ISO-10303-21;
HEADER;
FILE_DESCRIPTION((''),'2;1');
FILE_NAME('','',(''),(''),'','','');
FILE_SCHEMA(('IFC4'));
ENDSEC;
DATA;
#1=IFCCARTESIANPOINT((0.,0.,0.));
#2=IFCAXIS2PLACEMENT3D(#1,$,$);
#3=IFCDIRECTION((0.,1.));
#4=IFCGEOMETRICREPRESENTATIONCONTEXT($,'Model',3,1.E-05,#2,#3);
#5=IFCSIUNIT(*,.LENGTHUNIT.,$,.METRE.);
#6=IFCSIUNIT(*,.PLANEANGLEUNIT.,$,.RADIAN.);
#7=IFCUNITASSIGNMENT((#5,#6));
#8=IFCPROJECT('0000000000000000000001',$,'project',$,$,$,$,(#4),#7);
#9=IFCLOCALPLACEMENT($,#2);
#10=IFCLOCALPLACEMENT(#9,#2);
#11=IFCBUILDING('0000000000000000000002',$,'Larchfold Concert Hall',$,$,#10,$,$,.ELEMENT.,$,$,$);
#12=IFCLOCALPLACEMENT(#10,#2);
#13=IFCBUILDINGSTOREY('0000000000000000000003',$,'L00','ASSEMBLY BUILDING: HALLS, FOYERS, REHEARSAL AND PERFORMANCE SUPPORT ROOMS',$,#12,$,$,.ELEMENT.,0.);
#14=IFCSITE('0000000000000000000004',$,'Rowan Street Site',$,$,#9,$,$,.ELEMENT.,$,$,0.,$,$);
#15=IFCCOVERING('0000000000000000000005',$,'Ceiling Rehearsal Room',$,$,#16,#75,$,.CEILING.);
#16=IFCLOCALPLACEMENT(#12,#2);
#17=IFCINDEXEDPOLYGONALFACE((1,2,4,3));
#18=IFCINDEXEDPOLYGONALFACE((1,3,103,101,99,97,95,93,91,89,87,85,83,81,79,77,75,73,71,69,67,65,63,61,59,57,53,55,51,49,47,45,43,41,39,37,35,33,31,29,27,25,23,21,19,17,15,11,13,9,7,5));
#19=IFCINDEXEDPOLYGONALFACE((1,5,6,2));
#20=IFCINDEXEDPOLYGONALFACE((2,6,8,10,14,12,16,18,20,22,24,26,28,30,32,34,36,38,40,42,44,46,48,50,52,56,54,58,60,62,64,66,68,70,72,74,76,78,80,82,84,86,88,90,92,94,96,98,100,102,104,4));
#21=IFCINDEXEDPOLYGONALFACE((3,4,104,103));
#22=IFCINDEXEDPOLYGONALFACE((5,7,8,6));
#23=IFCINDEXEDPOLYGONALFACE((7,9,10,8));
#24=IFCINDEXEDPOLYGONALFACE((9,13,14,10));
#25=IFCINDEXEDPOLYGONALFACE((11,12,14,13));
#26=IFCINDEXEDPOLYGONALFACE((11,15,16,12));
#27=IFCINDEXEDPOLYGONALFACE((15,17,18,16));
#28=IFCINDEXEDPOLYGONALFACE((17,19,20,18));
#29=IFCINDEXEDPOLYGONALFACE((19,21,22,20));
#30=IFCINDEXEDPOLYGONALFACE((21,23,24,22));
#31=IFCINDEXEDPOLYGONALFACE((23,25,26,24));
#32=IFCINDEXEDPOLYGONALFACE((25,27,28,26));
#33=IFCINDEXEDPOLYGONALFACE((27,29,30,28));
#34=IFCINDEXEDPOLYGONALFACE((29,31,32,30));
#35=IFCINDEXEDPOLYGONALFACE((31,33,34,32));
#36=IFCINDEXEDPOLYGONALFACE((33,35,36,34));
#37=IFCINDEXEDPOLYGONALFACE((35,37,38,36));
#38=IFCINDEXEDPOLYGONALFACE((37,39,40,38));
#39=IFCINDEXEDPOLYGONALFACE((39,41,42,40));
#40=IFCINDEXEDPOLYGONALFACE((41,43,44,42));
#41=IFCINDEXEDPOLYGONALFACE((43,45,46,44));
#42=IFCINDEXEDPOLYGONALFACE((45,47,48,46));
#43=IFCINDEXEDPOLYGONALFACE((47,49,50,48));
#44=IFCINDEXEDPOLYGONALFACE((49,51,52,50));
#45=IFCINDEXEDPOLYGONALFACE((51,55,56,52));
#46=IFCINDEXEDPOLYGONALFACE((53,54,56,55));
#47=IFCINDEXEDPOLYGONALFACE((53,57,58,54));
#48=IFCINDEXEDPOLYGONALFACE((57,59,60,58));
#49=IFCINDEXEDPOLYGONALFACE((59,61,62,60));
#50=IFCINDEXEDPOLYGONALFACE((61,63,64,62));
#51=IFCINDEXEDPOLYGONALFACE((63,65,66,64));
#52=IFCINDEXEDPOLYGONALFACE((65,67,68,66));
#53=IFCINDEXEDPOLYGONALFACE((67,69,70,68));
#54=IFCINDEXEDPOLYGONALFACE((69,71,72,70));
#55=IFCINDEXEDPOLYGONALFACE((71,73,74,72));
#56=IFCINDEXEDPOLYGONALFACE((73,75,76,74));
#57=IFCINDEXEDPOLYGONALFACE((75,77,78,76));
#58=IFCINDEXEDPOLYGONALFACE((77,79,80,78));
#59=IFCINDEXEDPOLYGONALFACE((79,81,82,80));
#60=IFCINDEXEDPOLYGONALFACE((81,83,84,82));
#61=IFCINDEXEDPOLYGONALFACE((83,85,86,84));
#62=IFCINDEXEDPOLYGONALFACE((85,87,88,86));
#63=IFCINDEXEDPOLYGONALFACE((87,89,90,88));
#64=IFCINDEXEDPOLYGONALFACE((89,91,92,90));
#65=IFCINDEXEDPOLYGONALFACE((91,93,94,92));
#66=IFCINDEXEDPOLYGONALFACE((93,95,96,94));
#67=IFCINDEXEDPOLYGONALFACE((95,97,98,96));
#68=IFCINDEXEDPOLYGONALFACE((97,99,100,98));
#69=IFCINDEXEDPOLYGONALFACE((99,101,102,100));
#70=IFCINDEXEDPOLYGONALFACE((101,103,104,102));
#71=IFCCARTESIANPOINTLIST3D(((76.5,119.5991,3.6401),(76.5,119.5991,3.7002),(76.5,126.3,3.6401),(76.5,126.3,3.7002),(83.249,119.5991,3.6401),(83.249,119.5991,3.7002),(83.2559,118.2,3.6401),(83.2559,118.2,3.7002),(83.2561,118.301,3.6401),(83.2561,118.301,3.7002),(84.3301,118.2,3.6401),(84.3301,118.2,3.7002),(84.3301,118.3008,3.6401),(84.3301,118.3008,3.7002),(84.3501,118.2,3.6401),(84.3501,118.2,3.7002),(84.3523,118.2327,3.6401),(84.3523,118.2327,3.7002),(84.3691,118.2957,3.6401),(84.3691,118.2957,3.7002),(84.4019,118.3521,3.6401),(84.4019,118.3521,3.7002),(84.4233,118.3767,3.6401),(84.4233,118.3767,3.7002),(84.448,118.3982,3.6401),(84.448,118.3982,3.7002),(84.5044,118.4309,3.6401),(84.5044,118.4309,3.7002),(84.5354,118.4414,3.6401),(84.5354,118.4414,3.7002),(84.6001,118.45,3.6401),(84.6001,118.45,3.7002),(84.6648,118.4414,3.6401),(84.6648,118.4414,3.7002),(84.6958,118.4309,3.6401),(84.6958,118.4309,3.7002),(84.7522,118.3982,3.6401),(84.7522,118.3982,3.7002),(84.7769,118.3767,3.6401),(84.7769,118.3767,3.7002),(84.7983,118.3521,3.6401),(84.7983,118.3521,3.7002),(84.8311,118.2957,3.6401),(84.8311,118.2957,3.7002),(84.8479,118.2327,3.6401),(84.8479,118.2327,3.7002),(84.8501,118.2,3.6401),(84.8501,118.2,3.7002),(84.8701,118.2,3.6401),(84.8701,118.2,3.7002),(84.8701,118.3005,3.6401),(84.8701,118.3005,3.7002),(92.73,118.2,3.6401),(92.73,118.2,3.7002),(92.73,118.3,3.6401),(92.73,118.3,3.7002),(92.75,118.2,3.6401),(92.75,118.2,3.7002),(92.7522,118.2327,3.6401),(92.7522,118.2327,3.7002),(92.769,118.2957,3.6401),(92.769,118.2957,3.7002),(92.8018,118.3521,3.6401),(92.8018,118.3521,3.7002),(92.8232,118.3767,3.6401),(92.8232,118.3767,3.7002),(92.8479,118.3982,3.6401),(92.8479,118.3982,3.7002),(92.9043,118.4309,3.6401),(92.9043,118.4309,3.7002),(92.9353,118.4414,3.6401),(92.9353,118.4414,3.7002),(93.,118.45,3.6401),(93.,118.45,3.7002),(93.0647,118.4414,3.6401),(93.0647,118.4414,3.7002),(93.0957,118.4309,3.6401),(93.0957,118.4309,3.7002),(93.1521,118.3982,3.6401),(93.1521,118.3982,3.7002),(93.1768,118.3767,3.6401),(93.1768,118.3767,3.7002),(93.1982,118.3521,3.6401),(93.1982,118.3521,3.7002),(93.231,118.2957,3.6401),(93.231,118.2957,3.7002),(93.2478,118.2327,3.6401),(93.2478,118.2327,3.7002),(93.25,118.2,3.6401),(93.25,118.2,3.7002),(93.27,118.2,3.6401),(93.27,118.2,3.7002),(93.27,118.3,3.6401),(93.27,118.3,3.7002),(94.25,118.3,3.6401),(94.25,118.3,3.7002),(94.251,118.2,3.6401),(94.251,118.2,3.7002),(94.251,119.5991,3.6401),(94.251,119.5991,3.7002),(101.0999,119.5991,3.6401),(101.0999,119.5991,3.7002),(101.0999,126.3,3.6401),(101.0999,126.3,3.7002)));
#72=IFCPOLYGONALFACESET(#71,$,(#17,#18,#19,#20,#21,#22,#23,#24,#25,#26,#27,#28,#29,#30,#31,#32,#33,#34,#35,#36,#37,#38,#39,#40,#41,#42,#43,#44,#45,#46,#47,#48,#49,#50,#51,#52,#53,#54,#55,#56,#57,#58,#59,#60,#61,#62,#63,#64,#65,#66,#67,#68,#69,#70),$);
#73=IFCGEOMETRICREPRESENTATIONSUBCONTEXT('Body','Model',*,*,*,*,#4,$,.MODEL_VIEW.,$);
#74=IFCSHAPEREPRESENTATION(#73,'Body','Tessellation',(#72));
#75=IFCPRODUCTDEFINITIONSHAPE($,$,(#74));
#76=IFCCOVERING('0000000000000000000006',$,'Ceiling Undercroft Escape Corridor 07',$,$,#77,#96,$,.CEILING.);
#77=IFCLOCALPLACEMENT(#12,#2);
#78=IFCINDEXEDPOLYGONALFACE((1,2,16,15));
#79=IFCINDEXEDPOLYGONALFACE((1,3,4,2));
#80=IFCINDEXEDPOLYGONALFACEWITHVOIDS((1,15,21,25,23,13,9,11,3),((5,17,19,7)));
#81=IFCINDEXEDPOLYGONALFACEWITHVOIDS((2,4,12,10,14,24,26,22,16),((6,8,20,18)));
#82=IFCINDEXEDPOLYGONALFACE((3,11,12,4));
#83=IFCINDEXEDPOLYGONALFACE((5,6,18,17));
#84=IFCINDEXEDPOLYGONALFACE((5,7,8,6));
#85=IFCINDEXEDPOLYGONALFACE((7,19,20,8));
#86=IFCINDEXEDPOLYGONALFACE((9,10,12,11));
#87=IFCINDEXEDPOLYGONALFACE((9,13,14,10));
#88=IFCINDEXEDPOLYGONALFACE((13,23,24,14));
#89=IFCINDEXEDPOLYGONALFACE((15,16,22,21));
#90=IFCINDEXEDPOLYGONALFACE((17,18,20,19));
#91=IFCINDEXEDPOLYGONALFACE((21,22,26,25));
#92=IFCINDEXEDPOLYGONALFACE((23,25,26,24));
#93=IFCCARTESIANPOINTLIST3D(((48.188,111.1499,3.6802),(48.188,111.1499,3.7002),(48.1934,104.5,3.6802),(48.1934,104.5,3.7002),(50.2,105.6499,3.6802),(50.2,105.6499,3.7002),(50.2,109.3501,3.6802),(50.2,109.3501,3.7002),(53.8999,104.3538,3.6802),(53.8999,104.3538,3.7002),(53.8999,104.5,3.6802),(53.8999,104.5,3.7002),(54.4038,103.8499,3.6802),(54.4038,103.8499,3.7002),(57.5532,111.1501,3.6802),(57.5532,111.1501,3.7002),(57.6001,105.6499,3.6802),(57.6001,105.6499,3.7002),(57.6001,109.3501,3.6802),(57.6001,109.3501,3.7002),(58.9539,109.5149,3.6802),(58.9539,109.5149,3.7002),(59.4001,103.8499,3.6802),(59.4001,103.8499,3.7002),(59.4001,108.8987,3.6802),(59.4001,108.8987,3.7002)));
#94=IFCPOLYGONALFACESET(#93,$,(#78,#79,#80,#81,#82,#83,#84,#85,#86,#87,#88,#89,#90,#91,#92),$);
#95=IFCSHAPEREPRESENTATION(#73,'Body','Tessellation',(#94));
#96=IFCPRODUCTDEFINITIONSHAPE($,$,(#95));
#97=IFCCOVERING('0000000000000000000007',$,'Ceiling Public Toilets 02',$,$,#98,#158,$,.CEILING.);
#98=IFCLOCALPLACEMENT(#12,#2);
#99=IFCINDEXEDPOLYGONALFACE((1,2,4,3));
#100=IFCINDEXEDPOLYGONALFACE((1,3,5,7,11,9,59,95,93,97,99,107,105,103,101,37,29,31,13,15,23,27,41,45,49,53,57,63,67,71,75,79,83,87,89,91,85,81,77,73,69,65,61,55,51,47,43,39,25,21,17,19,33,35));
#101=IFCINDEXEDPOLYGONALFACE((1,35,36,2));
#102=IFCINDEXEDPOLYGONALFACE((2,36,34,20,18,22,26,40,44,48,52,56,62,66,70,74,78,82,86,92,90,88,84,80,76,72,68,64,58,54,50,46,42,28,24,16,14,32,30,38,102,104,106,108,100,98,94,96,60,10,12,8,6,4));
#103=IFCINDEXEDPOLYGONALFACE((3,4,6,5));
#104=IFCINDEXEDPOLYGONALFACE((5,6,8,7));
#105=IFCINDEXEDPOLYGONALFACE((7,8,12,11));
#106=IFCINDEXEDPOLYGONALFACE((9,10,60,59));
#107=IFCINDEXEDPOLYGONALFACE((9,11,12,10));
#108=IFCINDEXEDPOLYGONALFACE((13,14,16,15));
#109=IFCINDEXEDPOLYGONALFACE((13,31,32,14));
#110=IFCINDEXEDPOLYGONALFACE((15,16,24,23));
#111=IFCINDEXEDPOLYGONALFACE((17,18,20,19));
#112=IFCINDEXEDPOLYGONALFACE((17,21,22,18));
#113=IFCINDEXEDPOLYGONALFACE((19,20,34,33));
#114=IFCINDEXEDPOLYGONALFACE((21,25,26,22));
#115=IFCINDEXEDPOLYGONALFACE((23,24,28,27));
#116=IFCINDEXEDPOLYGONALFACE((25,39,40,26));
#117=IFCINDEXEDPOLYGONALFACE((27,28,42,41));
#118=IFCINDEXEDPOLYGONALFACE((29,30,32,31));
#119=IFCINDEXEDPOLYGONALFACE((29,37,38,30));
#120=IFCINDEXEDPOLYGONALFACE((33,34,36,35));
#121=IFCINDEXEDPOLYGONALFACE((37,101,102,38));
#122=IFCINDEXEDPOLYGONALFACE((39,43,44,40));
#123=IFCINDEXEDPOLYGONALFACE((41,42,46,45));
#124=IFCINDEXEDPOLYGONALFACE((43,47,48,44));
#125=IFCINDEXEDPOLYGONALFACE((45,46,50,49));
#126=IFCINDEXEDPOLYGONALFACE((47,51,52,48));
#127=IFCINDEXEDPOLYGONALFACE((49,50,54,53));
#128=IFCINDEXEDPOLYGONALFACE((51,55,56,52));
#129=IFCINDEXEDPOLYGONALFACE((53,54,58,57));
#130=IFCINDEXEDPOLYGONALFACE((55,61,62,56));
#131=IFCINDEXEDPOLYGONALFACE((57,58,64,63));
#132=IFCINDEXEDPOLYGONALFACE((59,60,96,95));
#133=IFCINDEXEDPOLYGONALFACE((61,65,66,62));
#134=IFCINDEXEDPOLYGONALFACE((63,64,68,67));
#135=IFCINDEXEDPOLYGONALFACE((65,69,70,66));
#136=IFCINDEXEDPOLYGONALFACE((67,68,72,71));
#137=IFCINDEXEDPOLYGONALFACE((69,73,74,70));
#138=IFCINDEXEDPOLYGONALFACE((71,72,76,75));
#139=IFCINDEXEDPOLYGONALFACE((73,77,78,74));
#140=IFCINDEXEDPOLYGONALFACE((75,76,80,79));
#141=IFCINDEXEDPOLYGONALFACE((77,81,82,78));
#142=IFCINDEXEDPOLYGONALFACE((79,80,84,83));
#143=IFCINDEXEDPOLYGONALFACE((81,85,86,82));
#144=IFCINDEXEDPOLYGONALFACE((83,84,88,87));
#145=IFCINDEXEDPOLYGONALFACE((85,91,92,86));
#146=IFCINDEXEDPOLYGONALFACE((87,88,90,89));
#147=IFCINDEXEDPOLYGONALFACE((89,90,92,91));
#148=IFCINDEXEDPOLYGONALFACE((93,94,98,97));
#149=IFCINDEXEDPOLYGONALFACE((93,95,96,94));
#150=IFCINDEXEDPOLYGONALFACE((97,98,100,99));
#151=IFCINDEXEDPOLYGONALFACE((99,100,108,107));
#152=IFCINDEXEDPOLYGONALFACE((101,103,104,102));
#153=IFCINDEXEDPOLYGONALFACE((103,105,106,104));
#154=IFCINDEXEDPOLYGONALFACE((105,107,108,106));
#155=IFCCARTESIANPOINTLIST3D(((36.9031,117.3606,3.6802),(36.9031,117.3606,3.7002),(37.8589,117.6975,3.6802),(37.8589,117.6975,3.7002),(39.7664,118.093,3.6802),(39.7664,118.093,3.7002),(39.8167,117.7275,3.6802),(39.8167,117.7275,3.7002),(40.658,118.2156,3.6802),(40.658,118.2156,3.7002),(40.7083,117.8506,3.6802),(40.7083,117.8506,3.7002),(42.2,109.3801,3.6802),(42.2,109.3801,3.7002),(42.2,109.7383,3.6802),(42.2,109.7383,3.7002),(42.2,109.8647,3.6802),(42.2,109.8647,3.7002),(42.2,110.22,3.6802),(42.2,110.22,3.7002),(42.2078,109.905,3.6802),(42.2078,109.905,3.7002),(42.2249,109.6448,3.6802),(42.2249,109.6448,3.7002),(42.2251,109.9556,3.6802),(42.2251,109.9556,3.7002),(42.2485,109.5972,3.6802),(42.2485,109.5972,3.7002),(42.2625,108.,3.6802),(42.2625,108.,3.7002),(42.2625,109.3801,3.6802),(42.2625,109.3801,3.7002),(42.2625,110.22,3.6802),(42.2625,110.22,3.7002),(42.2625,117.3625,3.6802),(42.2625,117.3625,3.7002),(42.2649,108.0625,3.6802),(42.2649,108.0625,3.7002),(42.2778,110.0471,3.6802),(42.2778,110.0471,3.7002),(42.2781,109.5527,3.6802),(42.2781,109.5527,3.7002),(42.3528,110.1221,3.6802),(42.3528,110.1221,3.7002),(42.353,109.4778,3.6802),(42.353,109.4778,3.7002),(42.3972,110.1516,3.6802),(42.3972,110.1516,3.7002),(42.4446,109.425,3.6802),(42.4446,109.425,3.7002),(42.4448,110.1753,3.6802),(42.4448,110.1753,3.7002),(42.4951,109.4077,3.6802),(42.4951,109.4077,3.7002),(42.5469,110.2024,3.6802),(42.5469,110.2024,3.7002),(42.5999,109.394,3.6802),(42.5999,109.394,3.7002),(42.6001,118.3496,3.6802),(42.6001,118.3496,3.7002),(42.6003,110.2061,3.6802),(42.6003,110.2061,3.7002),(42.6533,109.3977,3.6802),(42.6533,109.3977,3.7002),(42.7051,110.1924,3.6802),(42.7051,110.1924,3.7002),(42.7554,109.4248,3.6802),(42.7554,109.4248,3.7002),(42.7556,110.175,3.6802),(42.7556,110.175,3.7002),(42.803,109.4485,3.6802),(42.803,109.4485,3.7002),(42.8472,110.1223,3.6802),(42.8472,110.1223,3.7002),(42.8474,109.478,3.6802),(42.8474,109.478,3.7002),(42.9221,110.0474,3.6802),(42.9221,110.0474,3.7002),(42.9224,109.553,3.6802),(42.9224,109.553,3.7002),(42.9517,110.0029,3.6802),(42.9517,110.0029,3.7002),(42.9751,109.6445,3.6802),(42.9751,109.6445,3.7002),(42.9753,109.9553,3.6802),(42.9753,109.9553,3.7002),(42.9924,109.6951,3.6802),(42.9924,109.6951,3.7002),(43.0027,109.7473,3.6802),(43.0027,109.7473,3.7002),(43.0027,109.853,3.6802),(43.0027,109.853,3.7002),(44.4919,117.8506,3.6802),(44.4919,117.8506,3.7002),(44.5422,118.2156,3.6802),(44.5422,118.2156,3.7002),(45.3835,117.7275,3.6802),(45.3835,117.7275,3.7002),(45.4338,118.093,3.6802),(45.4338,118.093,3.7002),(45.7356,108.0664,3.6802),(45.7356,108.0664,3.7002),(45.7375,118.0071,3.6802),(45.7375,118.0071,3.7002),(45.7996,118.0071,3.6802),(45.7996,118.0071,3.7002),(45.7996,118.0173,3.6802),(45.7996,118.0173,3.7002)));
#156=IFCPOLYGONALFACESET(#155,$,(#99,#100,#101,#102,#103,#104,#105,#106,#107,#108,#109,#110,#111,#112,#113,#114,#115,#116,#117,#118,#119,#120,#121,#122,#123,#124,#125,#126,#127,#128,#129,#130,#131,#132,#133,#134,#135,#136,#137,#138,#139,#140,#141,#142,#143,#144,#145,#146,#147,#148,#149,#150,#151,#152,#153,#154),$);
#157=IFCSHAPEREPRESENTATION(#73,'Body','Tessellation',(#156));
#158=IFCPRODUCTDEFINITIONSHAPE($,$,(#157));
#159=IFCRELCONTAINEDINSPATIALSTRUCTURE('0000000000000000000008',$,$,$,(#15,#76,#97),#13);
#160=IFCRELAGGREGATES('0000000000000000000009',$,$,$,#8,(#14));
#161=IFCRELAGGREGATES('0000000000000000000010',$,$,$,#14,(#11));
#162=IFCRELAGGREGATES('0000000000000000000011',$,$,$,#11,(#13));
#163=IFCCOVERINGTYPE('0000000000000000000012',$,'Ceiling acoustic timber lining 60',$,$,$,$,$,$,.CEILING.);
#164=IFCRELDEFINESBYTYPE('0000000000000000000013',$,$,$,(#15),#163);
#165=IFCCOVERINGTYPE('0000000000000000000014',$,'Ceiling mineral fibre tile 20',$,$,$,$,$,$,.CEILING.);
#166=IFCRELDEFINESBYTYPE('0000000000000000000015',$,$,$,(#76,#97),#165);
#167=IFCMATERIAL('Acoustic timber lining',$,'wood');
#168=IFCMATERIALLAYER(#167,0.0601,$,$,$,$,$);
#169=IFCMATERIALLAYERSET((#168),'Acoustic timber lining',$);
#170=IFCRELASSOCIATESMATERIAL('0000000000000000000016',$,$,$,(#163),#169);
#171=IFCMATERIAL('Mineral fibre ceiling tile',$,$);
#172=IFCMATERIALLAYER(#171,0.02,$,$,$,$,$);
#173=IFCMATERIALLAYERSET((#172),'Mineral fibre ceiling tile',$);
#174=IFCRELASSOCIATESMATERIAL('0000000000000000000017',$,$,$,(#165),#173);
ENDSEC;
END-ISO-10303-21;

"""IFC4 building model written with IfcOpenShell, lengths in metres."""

from ifc_helpers import new_model, si_unit, direction, frame, origin, place, context, subcontext, project, spatial, polyline, outline, extrude, material, layer, layer_set, type_object, element, save


model = new_model("IFC4")

# Units and contexts
model_context = context("Model", 3, precision=1e-05, world=origin(), true_north=direction((0.0, 1.0)))
body_context = subcontext(model_context, "Body", "Model", "MODEL_VIEW")
ifc_project = project(units=[si_unit("LENGTHUNIT", "METRE"), si_unit("PLANEANGLEUNIT", "RADIAN")], contexts=[model_context])

# Site, building, storey
site_placement = place(None, origin())
site = spatial("IfcSite", under=ifc_project, at=site_placement, Name="Rowan Street Site", CompositionType="ELEMENT", RefElevation=0.0)
building_placement = place(site_placement, origin())
building = spatial("IfcBuilding", under=site, at=building_placement, Name="Larchfold Concert Hall", CompositionType="ELEMENT")
storey_placement = place(building_placement, origin())
storey = spatial("IfcBuildingStorey", under=building, at=storey_placement, Name="L00", Description="ASSEMBLY BUILDING: HALLS, FOYERS, REHEARSAL AND PERFORMANCE SUPPORT ROOMS", CompositionType="ELEMENT", Elevation=0.0)

# Coverings
ifc_material_1 = material(Name="Acoustic timber lining", Category="wood")
ifc_layer_1 = layer(ifc_material_1, 0.0601)
ifc_layer_set_1 = layer_set([ifc_layer_1], Name="Acoustic timber lining")
covering_type_1 = type_object("IfcCoveringType", Name="Ceiling acoustic timber lining 60", PredefinedType="CEILING", material=ifc_layer_set_1)
covering_1_placement = place(storey_placement, frame((0.0, 0.0, 3.6401)))
element("IfcCovering", 1, at=covering_1_placement, inside=storey, type_object=covering_type_1, Name="Ceiling Rehearsal Room", PredefinedType="CEILING", context=body_context, shape_type="SweptSolid", body=[
    extrude(outline(polyline([(83.2559, 118.2), (83.2561, 118.301), (84.3301, 118.3008), (84.3301, 118.2), (84.3501, 118.2), (84.3523, 118.2327), (84.3691, 118.2957), (84.4019, 118.3521), (84.4233, 118.3767), (84.448, 118.3982), (84.5044, 118.4309), (84.5354, 118.4414), (84.6001, 118.45), (84.6648, 118.4414), (84.6958, 118.4309), (84.7522, 118.3982), (84.7769, 118.3767), (84.7983, 118.3521), (84.8311, 118.2957), (84.8479, 118.2327), (84.8501, 118.2), (84.8701, 118.2), (84.8701, 118.3005), (92.73, 118.3), (92.73, 118.2), (92.75, 118.2), (92.7522, 118.2327), (92.769, 118.2957), (92.8018, 118.3521), (92.8232, 118.3767), (92.8479, 118.3982), (92.9043, 118.4309), (92.9353, 118.4414), (93.0, 118.45), (93.0647, 118.4414), (93.0957, 118.4309), (93.1521, 118.3982), (93.1768, 118.3767), (93.1982, 118.3521), (93.231, 118.2957), (93.2478, 118.2327), (93.25, 118.2), (93.27, 118.2), (93.27, 118.3), (94.25, 118.3), (94.251, 118.2), (94.251, 119.5991), (101.0999, 119.5991), (101.0999, 126.3), (76.5, 126.3), (76.5, 119.5991), (83.249, 119.5991), (83.2559, 118.2)])), origin(), (0.0, 0.0, 1.0), 0.0601),
])
ifc_material_2 = material(Name="Mineral fibre ceiling tile")
ifc_layer_2 = layer(ifc_material_2, 0.02)
ifc_layer_set_2 = layer_set([ifc_layer_2], Name="Mineral fibre ceiling tile")
covering_type_2 = type_object("IfcCoveringType", Name="Ceiling mineral fibre tile 20", PredefinedType="CEILING", material=ifc_layer_set_2)
covering_2_placement = place(storey_placement, frame((0.0, 0.0, 3.6802)))
element("IfcCovering", 2, at=covering_2_placement, inside=storey, type_object=covering_type_2, Name="Ceiling Undercroft Escape Corridor 07", PredefinedType="CEILING", context=body_context, shape_type="SweptSolid", body=[
    extrude(outline(polyline([(57.5532, 111.1501), (48.188, 111.1499), (48.1934, 104.5), (53.8999, 104.5), (53.8999, 104.3538), (54.4038, 103.8499), (59.4001, 103.8499), (59.4001, 108.8987), (58.9539, 109.5149), (57.5532, 111.1501)]), holes=[polyline([(57.6001, 105.6499), (50.2, 105.6499), (50.2, 109.3501), (57.6001, 109.3501), (57.6001, 105.6499)])]), origin(), (0.0, 0.0, 1.0), 0.02),
])
covering_3_placement = place(storey_placement, frame((0.0, 0.0, 3.6802)))
element("IfcCovering", 3, at=covering_3_placement, inside=storey, type_object=covering_type_2, Name="Ceiling Public Toilets 02", PredefinedType="CEILING", context=body_context, shape_type="SweptSolid", body=[
    extrude(outline(polyline([(37.8589, 117.6975), (36.9031, 117.3606), (42.2625, 117.3625), (42.2625, 110.22), (42.2, 110.22), (42.2, 109.8647), (42.2078, 109.905), (42.2251, 109.9556), (42.2778, 110.0471), (42.3528, 110.1221), (42.3972, 110.1516), (42.4448, 110.1753), (42.5469, 110.2024), (42.6003, 110.2061), (42.7051, 110.1924), (42.7556, 110.175), (42.8472, 110.1223), (42.9221, 110.0474), (42.9517, 110.0029), (42.9753, 109.9553), (43.0027, 109.853), (43.0027, 109.7473), (42.9924, 109.6951), (42.9751, 109.6445), (42.9224, 109.553), (42.8474, 109.478), (42.803, 109.4485), (42.7554, 109.4248), (42.6533, 109.3977), (42.5999, 109.394), (42.4951, 109.4077), (42.4446, 109.425), (42.353, 109.4778), (42.2781, 109.5527), (42.2485, 109.5972), (42.2249, 109.6448), (42.2, 109.7383), (42.2, 109.3801), (42.2625, 109.3801), (42.2625, 108.0), (42.2649, 108.0625), (45.7356, 108.0664), (45.7375, 118.0071), (45.7996, 118.0071), (45.7996, 118.0173), (45.4338, 118.093), (45.3835, 117.7275), (44.4919, 117.8506), (44.5422, 118.2156), (42.6001, 118.3496), (40.658, 118.2156), (40.7083, 117.8506), (39.8167, 117.7275), (39.7664, 118.093), (37.8589, 117.6975)])), origin(), (0.0, 0.0, 1.0), 0.02),
])

save(model, "model.ifc")
